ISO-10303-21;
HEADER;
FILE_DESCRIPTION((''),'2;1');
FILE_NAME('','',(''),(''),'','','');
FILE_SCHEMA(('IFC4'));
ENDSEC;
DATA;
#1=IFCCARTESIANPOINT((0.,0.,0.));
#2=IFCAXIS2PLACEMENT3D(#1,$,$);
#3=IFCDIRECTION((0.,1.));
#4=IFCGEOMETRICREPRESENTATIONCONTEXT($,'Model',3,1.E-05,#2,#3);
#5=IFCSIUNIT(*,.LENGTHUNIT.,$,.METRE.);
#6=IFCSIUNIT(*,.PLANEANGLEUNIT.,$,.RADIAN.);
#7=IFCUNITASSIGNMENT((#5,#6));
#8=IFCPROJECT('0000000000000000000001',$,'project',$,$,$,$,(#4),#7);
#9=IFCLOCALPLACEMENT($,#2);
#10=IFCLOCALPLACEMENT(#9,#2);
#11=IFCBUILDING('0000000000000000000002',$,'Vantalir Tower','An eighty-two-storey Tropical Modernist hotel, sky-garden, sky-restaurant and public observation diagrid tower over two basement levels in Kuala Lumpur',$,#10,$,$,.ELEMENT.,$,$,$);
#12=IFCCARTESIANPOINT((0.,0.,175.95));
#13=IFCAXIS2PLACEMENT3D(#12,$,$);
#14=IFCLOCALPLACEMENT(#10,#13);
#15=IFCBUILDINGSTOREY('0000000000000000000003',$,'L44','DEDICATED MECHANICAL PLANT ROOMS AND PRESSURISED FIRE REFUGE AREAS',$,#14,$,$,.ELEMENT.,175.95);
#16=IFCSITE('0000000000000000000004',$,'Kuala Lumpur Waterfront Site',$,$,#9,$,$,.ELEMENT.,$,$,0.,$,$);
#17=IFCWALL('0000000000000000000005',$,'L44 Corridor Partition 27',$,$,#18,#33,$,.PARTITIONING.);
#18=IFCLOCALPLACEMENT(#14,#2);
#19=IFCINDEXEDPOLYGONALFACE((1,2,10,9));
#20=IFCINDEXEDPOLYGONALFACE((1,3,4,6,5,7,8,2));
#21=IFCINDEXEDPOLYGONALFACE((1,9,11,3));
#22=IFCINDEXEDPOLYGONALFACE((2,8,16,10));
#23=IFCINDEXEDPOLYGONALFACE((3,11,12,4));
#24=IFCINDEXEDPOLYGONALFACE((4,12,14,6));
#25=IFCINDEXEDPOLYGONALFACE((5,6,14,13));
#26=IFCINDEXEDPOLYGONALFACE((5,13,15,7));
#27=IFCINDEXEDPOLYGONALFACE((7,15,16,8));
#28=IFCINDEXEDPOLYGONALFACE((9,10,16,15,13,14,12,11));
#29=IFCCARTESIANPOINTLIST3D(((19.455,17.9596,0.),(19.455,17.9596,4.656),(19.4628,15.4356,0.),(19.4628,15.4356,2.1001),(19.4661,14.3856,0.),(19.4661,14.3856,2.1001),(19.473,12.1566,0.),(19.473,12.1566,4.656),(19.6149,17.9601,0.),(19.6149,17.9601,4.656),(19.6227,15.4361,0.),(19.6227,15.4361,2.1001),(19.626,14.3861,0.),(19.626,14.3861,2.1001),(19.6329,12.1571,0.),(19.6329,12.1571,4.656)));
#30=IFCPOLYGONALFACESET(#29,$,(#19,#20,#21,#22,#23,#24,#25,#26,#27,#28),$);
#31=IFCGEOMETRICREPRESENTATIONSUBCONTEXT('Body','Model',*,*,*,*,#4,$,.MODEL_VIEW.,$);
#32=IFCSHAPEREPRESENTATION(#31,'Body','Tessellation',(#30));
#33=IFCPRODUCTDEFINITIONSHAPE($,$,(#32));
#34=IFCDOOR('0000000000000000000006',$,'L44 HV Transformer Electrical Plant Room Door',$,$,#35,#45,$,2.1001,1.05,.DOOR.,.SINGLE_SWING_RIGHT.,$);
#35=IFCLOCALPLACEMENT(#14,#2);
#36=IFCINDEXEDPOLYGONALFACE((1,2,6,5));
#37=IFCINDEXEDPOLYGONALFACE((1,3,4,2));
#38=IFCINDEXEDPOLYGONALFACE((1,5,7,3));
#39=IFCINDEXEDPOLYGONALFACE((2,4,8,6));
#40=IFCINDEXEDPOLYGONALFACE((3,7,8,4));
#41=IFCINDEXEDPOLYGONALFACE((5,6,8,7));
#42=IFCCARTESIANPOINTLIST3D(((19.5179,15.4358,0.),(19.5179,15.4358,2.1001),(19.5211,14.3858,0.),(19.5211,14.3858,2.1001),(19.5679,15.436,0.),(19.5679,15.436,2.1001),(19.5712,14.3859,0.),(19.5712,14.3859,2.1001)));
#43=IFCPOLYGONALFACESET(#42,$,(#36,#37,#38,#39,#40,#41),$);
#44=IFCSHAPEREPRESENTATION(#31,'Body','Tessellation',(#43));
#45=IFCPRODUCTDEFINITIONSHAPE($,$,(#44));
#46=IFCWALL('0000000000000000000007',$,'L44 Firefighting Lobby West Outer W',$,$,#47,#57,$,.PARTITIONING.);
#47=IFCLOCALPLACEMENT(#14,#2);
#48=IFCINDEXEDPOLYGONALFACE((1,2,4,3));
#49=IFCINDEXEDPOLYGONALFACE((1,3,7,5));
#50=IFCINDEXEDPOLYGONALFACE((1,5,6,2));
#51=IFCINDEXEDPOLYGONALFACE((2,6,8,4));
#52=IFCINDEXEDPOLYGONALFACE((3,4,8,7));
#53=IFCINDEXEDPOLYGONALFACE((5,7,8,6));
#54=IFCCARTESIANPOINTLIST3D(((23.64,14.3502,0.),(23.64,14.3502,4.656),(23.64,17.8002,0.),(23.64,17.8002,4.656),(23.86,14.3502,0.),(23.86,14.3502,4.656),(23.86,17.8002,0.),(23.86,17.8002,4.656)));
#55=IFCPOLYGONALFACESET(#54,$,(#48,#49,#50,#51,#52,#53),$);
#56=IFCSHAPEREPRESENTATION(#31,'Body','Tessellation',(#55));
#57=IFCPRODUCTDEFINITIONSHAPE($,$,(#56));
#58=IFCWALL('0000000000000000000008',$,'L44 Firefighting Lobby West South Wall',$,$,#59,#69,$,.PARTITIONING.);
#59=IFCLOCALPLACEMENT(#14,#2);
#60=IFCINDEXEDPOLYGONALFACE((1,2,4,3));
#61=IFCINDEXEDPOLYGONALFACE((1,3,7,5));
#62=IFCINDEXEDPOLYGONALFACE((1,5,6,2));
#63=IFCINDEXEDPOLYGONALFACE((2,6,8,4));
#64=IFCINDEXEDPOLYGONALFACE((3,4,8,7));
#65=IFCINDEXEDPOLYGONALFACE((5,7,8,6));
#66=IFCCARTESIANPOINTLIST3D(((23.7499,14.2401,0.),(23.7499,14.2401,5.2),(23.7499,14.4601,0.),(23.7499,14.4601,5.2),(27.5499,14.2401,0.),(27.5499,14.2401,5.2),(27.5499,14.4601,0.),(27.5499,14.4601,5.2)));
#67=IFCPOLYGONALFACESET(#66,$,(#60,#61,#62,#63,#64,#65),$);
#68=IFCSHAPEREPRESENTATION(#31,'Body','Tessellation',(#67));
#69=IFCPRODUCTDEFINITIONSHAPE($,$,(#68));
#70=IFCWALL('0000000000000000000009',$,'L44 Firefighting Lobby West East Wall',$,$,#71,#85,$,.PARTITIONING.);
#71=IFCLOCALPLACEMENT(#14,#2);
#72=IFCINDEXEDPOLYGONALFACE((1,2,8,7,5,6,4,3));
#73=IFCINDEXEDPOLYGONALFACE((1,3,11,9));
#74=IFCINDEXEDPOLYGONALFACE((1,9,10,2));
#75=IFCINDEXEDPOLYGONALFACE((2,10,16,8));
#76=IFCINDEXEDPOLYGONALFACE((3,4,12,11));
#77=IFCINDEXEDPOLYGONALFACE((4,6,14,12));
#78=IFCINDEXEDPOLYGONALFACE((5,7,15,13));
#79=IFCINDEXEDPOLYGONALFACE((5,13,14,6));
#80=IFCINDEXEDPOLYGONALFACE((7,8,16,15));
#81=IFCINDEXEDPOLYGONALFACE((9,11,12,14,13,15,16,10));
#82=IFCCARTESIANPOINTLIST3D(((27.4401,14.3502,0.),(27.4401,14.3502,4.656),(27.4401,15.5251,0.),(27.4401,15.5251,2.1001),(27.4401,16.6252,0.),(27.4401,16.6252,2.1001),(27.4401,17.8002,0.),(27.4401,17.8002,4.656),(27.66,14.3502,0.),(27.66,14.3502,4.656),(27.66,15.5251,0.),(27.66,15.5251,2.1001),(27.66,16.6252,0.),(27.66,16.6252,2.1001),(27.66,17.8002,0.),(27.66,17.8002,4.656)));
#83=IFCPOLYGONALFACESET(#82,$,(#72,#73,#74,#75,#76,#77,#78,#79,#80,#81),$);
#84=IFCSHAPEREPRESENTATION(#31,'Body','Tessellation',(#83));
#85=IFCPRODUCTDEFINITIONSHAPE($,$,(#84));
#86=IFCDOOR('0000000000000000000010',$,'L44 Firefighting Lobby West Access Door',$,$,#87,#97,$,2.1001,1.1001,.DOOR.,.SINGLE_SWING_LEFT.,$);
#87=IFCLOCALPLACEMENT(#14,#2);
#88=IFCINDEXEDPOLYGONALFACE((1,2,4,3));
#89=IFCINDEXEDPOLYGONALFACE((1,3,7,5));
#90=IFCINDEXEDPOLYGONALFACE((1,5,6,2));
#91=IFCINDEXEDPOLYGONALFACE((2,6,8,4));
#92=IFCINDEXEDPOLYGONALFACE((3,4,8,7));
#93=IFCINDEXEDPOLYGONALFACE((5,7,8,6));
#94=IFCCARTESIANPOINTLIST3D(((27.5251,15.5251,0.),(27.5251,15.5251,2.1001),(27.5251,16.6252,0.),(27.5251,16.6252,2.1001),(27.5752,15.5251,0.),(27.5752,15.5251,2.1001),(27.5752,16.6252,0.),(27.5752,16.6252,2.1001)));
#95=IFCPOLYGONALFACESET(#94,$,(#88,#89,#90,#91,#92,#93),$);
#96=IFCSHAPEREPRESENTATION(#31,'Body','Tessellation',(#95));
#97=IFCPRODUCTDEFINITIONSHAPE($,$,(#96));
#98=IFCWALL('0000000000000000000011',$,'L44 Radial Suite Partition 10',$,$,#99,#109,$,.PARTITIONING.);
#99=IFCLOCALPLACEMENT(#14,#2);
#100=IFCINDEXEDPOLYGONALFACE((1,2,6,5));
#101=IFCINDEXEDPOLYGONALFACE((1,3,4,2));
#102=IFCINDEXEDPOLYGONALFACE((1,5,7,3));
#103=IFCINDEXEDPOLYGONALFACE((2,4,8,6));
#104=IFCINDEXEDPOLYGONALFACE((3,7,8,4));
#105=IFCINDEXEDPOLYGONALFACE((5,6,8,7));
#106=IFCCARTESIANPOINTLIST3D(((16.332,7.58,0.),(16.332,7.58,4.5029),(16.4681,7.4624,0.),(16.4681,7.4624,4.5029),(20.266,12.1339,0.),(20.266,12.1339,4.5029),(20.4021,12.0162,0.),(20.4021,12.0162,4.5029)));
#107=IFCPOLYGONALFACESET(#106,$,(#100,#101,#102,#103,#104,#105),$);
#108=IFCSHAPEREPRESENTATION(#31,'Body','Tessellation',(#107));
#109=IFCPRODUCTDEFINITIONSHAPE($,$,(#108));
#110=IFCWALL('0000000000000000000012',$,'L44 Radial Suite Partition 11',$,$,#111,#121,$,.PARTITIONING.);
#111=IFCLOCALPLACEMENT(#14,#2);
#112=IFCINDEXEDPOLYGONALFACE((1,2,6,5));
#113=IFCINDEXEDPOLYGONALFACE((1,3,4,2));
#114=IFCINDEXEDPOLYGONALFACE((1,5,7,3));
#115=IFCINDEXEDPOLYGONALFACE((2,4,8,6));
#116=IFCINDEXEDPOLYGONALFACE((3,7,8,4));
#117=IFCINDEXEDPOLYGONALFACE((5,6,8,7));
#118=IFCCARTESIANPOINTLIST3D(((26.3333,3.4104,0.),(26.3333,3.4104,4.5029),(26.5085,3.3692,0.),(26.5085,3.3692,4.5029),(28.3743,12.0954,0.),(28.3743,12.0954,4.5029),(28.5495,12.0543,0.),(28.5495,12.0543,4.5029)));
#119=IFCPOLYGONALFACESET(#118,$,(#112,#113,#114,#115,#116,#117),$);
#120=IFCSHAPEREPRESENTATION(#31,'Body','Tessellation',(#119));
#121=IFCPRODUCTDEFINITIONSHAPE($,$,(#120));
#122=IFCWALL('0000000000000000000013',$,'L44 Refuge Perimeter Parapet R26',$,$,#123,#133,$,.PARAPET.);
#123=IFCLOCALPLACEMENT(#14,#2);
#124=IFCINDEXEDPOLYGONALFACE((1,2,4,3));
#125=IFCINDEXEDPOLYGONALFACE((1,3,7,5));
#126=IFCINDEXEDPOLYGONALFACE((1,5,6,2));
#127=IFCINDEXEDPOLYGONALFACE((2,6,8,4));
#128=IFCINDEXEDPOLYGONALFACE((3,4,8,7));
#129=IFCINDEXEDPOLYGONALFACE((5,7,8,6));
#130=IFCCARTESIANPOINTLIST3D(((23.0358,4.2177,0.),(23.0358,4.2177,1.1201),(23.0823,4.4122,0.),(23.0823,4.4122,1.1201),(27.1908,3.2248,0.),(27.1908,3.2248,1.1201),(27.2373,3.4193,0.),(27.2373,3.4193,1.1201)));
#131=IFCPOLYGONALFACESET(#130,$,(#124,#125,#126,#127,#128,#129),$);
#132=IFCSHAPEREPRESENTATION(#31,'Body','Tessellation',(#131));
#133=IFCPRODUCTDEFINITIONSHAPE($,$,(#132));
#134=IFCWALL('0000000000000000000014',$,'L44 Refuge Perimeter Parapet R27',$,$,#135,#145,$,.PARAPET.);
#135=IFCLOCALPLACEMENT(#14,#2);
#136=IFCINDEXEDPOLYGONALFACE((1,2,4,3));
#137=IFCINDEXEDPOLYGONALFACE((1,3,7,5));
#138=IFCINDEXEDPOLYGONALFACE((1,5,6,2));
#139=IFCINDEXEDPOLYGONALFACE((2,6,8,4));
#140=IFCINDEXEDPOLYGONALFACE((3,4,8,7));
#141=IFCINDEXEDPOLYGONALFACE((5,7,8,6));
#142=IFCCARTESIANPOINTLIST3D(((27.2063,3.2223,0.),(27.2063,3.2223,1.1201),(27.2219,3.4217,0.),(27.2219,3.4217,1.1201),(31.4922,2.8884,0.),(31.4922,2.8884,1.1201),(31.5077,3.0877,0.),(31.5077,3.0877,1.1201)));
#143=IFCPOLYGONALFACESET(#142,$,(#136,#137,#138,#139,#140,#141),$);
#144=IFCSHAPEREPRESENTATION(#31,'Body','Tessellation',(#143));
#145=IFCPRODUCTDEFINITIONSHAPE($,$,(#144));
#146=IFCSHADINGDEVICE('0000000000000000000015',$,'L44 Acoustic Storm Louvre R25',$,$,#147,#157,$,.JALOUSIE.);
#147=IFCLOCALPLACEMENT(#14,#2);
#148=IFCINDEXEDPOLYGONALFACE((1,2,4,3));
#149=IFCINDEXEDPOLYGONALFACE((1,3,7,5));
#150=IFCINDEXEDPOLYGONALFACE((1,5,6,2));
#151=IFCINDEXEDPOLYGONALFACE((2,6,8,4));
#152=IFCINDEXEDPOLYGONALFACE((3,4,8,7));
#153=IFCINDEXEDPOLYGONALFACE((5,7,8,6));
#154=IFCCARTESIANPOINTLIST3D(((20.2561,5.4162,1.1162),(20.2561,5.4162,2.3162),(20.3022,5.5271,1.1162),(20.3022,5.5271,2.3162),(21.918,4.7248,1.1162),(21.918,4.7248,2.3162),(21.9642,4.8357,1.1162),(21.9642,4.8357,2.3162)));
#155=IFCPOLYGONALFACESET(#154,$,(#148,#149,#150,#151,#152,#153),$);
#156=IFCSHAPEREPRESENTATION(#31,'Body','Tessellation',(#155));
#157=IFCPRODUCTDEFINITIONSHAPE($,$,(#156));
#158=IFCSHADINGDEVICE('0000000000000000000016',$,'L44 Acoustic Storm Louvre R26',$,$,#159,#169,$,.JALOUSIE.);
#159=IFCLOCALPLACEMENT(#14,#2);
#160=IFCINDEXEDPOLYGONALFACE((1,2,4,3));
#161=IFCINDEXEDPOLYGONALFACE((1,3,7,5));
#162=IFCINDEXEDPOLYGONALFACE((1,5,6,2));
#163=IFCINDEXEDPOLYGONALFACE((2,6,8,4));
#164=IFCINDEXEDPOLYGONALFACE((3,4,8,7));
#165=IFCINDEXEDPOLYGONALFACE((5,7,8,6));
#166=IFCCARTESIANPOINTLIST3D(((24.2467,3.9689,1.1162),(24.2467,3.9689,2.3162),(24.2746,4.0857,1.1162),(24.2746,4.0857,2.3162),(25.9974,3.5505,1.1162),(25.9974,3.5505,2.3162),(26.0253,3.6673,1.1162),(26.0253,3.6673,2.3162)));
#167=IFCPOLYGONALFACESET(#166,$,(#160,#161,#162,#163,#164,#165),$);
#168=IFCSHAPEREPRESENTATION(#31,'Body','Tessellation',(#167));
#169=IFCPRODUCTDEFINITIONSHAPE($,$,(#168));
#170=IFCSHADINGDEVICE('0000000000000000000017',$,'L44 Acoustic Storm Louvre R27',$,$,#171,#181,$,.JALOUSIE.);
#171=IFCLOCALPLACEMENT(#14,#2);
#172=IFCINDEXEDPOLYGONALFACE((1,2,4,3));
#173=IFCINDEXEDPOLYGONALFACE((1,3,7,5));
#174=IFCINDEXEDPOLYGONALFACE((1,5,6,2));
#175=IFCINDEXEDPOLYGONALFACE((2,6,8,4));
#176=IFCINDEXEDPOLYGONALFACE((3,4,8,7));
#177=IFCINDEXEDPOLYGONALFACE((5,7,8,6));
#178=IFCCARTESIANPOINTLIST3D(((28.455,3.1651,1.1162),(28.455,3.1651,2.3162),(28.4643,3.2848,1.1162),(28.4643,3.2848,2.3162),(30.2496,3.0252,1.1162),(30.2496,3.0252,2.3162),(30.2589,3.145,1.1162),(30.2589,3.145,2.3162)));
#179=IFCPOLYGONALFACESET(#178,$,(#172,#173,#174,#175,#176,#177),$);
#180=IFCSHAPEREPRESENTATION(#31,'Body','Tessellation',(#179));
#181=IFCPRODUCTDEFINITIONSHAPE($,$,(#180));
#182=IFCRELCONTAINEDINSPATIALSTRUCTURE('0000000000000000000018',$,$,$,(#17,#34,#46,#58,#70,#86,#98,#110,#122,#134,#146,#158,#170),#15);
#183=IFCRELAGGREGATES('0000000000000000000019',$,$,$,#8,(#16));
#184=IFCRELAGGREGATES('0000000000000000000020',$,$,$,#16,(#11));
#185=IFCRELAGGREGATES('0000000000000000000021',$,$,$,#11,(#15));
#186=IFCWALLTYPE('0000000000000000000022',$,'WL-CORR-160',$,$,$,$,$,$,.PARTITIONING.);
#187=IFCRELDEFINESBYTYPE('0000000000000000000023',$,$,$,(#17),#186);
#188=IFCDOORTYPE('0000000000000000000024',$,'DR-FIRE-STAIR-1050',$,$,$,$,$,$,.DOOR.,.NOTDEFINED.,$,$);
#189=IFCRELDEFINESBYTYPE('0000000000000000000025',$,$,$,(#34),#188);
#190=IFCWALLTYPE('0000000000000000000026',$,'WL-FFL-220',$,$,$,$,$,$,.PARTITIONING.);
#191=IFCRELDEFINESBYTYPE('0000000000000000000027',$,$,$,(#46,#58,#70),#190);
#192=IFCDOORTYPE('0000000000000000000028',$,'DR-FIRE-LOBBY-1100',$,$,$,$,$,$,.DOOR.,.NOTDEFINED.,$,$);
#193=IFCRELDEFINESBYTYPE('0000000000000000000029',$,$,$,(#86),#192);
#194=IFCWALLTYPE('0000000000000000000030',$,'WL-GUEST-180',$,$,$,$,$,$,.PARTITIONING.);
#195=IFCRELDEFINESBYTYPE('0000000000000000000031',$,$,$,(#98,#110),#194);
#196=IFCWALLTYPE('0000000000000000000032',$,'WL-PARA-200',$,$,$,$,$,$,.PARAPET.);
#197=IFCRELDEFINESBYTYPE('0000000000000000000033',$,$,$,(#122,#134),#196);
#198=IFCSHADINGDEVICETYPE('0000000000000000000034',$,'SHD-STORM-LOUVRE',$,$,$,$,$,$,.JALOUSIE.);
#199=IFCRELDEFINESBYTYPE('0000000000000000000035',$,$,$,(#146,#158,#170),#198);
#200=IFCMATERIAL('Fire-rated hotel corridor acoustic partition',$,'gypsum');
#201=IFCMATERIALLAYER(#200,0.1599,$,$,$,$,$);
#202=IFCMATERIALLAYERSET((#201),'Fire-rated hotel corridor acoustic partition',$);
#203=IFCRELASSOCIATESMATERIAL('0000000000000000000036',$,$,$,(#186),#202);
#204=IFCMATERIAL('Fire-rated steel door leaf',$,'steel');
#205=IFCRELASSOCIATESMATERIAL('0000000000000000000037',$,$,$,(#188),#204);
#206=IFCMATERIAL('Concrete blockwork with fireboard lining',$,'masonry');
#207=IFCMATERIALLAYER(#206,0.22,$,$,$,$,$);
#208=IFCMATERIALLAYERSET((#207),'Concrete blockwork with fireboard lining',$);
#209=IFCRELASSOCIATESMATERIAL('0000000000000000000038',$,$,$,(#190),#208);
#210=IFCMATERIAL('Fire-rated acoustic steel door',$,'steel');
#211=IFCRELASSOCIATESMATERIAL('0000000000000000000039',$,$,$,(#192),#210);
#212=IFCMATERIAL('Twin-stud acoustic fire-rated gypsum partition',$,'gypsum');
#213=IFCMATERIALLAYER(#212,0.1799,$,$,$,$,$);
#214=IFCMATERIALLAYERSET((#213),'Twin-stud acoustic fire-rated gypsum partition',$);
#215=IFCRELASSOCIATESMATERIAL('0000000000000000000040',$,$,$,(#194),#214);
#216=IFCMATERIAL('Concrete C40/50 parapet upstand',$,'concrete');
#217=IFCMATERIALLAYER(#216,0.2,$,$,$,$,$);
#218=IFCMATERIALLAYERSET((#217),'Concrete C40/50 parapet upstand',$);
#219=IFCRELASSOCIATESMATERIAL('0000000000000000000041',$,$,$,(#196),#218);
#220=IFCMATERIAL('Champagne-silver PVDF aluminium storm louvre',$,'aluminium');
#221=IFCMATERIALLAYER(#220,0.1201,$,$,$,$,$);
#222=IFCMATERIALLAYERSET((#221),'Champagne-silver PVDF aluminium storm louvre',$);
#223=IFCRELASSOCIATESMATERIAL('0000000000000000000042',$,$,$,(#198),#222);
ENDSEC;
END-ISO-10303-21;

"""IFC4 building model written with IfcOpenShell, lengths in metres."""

from ifc_helpers import new_model, si_unit, direction, frame, frame_2d, origin, origin_2d, place, context, subcontext, project, spatial, rectangle, extrude, material, layer, layer_set, type_object, element, fill, save


model = new_model("IFC4")

# Units and contexts
model_context = context("Model", 3, precision=1e-05, world=origin(), true_north=direction((0.0, 1.0)))
body_context = subcontext(model_context, "Body", "Model", "MODEL_VIEW")
ifc_project = project(units=[si_unit("LENGTHUNIT", "METRE"), si_unit("PLANEANGLEUNIT", "RADIAN")], contexts=[model_context])

# Site, building, storey
site_placement = place(None, origin())
site = spatial("IfcSite", under=ifc_project, at=site_placement, Name="Kuala Lumpur Waterfront Site", CompositionType="ELEMENT", RefElevation=0.0)
building_placement = place(site_placement, origin())
building = spatial("IfcBuilding", under=site, at=building_placement, Name="Vantalir Tower", Description="An eighty-two-storey Tropical Modernist hotel, sky-garden, sky-restaurant and public observation diagrid tower over two basement levels in Kuala Lumpur", CompositionType="ELEMENT")
storey_placement = place(building_placement, frame((0.0, 0.0, 175.95)))
storey = spatial("IfcBuildingStorey", under=building, at=storey_placement, Name="L44", Description="DEDICATED MECHANICAL PLANT ROOMS AND PRESSURISED FIRE REFUGE AREAS", CompositionType="ELEMENT", Elevation=175.95)

# Shared definitions
ifc_material_1 = material(Name="Fire-rated hotel corridor acoustic partition", Category="gypsum")
ifc_layer_1 = layer(ifc_material_1, 0.1599)
ifc_layer_set_1 = layer_set([ifc_layer_1], Name="Fire-rated hotel corridor acoustic partition")
wall_type_1 = type_object("IfcWallType", Name="WL-CORR-160", PredefinedType="PARTITIONING", material=ifc_layer_set_1)
ifc_material_2 = material(Name="Fire-rated steel door leaf", Category="steel")
door_type_1 = type_object("IfcDoorType", Name="DR-FIRE-STAIR-1050", OperationType="NOTDEFINED", PredefinedType="DOOR", material=ifc_material_2)

# Wall, opening, door
wall_1_placement = place(storey_placement, frame((19.553, 12.157, 0.0), z_axis=(0.0, 0.0, 1.0), x_axis=(-0.003113, 0.999995, 0.0)))
wall_1 = element("IfcWall", 1, at=wall_1_placement, inside=storey, type_object=wall_type_1, Name="L44 Corridor Partition 27", PredefinedType="PARTITIONING", context=body_context, shape_type="SweptSolid", body=[
    extrude(rectangle(XDim=5.803, YDim=0.1599, at=frame_2d((2.9014, 0.0))), origin(), (0.0, 0.0, 1.0), 4.656),
])
opening_1_placement = place(wall_1_placement, frame((2.229, 0.0, 0.0)))
opening_1 = element("IfcOpeningElement", 2, at=opening_1_placement, cuts=wall_1, PredefinedType="OPENING", context=body_context, shape_type="SweptSolid", body=[
    extrude(rectangle(XDim=1.05, YDim=2.1001, at=frame_2d((0.5249, 1.05))), frame((0.0, 0.0898, 0.0), z_axis=(0.0, -1.0, 0.0), x_axis=(1.0, 0.0, 0.0)), (0.0, 0.0, 1.0), 0.1799),
])
door_1_placement = place(opening_1_placement, origin())
door_1 = element("IfcDoor", 3, at=door_1_placement, inside=storey, type_object=door_type_1, Name="L44 HV Transformer Electrical Plant Room Door", OperationType="SINGLE_SWING_RIGHT", OverallHeight=2.1001, OverallWidth=1.05, PredefinedType="DOOR", context=body_context, shape_type="SweptSolid", body=[
    extrude(rectangle(XDim=1.05, YDim=2.1001, at=frame_2d((0.5249, 1.05))), frame((0.0, 0.0249, 0.0), z_axis=(0.0, -1.0, 0.0), x_axis=(1.0, 0.0, 0.0)), (0.0, 0.0, 1.0), 0.05),
])
fill(opening_1, door_1)

# Walls
ifc_material_3 = material(Name="Concrete blockwork with fireboard lining", Category="masonry")
ifc_layer_2 = layer(ifc_material_3, 0.22)
ifc_layer_set_2 = layer_set([ifc_layer_2], Name="Concrete blockwork with fireboard lining")
wall_type_2 = type_object("IfcWallType", Name="WL-FFL-220", PredefinedType="PARTITIONING", material=ifc_layer_set_2)
wall_2_placement = place(storey_placement, frame((23.75, 14.3501, 0.0), z_axis=(0.0, 0.0, 1.0), x_axis=(0.0, 1.0, 0.0)))
element("IfcWall", 4, at=wall_2_placement, inside=storey, type_object=wall_type_2, Name="L44 Firefighting Lobby West Outer W", PredefinedType="PARTITIONING", context=body_context, shape_type="SweptSolid", body=[
    extrude(rectangle(XDim=3.45, YDim=0.22, at=frame_2d((1.7251, 0.0))), origin(), (0.0, 0.0, 1.0), 4.656),
])
wall_3_placement = place(storey_placement, frame((23.75, 14.3501, 0.0), z_axis=(0.0, 0.0, 1.0), x_axis=(1.0, 0.0, 0.0)))
element("IfcWall", 5, at=wall_3_placement, inside=storey, type_object=wall_type_2, Name="L44 Firefighting Lobby West South Wall", PredefinedType="PARTITIONING", context=body_context, shape_type="SweptSolid", body=[
    extrude(rectangle(XDim=3.8, YDim=0.22, at=frame_2d((1.8999, 0.0))), origin(), (0.0, 0.0, 1.0), 5.2),
])

# Wall, opening, door
wall_4_placement = place(storey_placement, frame((27.55, 14.3501, 0.0), z_axis=(0.0, 0.0, 1.0), x_axis=(0.0, 1.0, 0.0)))
wall_4 = element("IfcWall", 6, at=wall_4_placement, inside=storey, type_object=wall_type_2, Name="L44 Firefighting Lobby West East Wall", PredefinedType="PARTITIONING", context=body_context, shape_type="SweptSolid", body=[
    extrude(rectangle(XDim=3.45, YDim=0.22, at=frame_2d((1.7251, 0.0))), origin(), (0.0, 0.0, 1.0), 4.656),
])
opening_2_placement = place(wall_4_placement, frame((1.175, 0.0, 0.0)))
opening_2 = element("IfcOpeningElement", 7, at=opening_2_placement, cuts=wall_4, PredefinedType="OPENING", context=body_context, shape_type="SweptSolid", body=[
    extrude(rectangle(XDim=1.1001, YDim=2.1001, at=frame_2d((0.55, 1.05))), frame((0.0, 0.1199, 0.0), z_axis=(0.0, -1.0, 0.0), x_axis=(1.0, 0.0, 0.0)), (0.0, 0.0, 1.0), 0.24),
])
ifc_material_4 = material(Name="Fire-rated acoustic steel door", Category="steel")
door_type_2 = type_object("IfcDoorType", Name="DR-FIRE-LOBBY-1100", OperationType="NOTDEFINED", PredefinedType="DOOR", material=ifc_material_4)
door_2_placement = place(opening_2_placement, origin())
door_2 = element("IfcDoor", 8, at=door_2_placement, inside=storey, type_object=door_type_2, Name="L44 Firefighting Lobby West Access Door", OperationType="SINGLE_SWING_LEFT", OverallHeight=2.1001, OverallWidth=1.1001, PredefinedType="DOOR", context=body_context, shape_type="SweptSolid", body=[
    extrude(rectangle(XDim=1.1001, YDim=2.1001, at=frame_2d((0.55, 1.05))), frame((0.0, 0.0249, 0.0), z_axis=(0.0, -1.0, 0.0), x_axis=(1.0, 0.0, 0.0)), (0.0, 0.0, 1.0), 0.05),
])
fill(opening_2, door_2)

# Walls
ifc_material_5 = material(Name="Twin-stud acoustic fire-rated gypsum partition", Category="gypsum")
ifc_layer_3 = layer(ifc_material_5, 0.1799)
ifc_layer_set_3 = layer_set([ifc_layer_3], Name="Twin-stud acoustic fire-rated gypsum partition")
wall_type_3 = type_object("IfcWallType", Name="WL-GUEST-180", PredefinedType="PARTITIONING", material=ifc_layer_set_3)
wall_5_placement = place(storey_placement, frame((20.334, 12.075, 0.0), z_axis=(0.0, 0.0, 1.0), x_axis=(-0.653727, -0.756731, 0.0)))
element("IfcWall", 9, at=wall_5_placement, inside=storey, type_object=wall_type_3, Name="L44 Radial Suite Partition 10", PredefinedType="PARTITIONING", context=body_context, shape_type="SweptSolid", body=[
    extrude(rectangle(XDim=6.0178, YDim=0.1799, at=frame_2d((3.0088, 0.0))), origin(), (0.0, 0.0, 1.0), 4.5029),
])
wall_6_placement = place(storey_placement, frame((28.4619, 12.075, 0.0), z_axis=(0.0, 0.0, 1.0), x_axis=(-0.228771, -0.97348, 0.0)))
element("IfcWall", 10, at=wall_6_placement, inside=storey, type_object=wall_type_3, Name="L44 Radial Suite Partition 11", PredefinedType="PARTITIONING", context=body_context, shape_type="SweptSolid", body=[
    extrude(rectangle(XDim=8.9216, YDim=0.1799, at=frame_2d((4.4609, 0.0))), origin(), (0.0, 0.0, 1.0), 4.5029),
])
ifc_material_6 = material(Name="Concrete C40/50 parapet upstand", Category="concrete")
ifc_layer_4 = layer(ifc_material_6, 0.2)
ifc_layer_set_4 = layer_set([ifc_layer_4], Name="Concrete C40/50 parapet upstand")
wall_type_4 = type_object("IfcWallType", Name="WL-PARA-200", PredefinedType="PARAPET", material=ifc_layer_set_4)
wall_7_placement = place(storey_placement, frame((23.0591, 4.3149, 0.0), z_axis=(0.0, 0.0, 1.0), x_axis=(0.972615, -0.232424, 0.0)))
element("IfcWall", 11, at=wall_7_placement, inside=storey, type_object=wall_type_4, Name="L44 Refuge Perimeter Parapet R26", PredefinedType="PARAPET", context=body_context, shape_type="SweptSolid", body=[
    extrude(rectangle(XDim=4.272, YDim=0.2, at=frame_2d((2.136, 0.0))), origin(), (0.0, 0.0, 1.0), 1.1201),
])
wall_8_placement = place(storey_placement, frame((27.2141, 3.322, 0.0), z_axis=(0.0, 0.0, 1.0), x_axis=(0.996977, -0.077691, 0.0)))
element("IfcWall", 12, at=wall_8_placement, inside=storey, type_object=wall_type_4, Name="L44 Refuge Perimeter Parapet R27", PredefinedType="PARAPET", context=body_context, shape_type="SweptSolid", body=[
    extrude(rectangle(XDim=4.2988, YDim=0.2, at=frame_2d((2.1494, 0.0))), origin(), (0.0, 0.0, 1.0), 1.1201),
])

# Shading devices
ifc_material_7 = material(Name="Champagne-silver PVDF aluminium storm louvre", Category="aluminium")
ifc_layer_5 = layer(ifc_material_7, 0.1201)
ifc_layer_set_5 = layer_set([ifc_layer_5], Name="Champagne-silver PVDF aluminium storm louvre")
shading_device_type = type_object("IfcShadingDeviceType", Name="SHD-STORM-LOUVRE", PredefinedType="JALOUSIE", material=ifc_layer_set_5)
for number, where, z_axis, x_axis, name in (
    (13, (21.1101, 5.126, 1.1162), (0.0, 0.0, 1.0), (0.923291, -0.384102, 0.0), "L44 Acoustic Storm Louvre R25"),
    (14, (25.136, 3.8181, 1.1162), (0.0, 0.0, 1.0), (0.97261, -0.232444, 0.0), "L44 Acoustic Storm Louvre R26"),
    (15, (29.3569, 3.155, 1.1162), (0.0, 0.0, 1.0), (0.996977, -0.077693, 0.0), "L44 Acoustic Storm Louvre R27"),
):
    element("IfcShadingDevice", number, at=place(storey_placement, frame(where, z_axis=z_axis, x_axis=x_axis)), inside=storey, type_object=shading_device_type, Name=name, PredefinedType="JALOUSIE", context=body_context, shape_type="SweptSolid", body=[
        extrude(rectangle(XDim=1.8, YDim=0.1201, at=origin_2d()), origin(), (0.0, 0.0, 1.0), 1.2),
    ])

save(model, "model.ifc")
